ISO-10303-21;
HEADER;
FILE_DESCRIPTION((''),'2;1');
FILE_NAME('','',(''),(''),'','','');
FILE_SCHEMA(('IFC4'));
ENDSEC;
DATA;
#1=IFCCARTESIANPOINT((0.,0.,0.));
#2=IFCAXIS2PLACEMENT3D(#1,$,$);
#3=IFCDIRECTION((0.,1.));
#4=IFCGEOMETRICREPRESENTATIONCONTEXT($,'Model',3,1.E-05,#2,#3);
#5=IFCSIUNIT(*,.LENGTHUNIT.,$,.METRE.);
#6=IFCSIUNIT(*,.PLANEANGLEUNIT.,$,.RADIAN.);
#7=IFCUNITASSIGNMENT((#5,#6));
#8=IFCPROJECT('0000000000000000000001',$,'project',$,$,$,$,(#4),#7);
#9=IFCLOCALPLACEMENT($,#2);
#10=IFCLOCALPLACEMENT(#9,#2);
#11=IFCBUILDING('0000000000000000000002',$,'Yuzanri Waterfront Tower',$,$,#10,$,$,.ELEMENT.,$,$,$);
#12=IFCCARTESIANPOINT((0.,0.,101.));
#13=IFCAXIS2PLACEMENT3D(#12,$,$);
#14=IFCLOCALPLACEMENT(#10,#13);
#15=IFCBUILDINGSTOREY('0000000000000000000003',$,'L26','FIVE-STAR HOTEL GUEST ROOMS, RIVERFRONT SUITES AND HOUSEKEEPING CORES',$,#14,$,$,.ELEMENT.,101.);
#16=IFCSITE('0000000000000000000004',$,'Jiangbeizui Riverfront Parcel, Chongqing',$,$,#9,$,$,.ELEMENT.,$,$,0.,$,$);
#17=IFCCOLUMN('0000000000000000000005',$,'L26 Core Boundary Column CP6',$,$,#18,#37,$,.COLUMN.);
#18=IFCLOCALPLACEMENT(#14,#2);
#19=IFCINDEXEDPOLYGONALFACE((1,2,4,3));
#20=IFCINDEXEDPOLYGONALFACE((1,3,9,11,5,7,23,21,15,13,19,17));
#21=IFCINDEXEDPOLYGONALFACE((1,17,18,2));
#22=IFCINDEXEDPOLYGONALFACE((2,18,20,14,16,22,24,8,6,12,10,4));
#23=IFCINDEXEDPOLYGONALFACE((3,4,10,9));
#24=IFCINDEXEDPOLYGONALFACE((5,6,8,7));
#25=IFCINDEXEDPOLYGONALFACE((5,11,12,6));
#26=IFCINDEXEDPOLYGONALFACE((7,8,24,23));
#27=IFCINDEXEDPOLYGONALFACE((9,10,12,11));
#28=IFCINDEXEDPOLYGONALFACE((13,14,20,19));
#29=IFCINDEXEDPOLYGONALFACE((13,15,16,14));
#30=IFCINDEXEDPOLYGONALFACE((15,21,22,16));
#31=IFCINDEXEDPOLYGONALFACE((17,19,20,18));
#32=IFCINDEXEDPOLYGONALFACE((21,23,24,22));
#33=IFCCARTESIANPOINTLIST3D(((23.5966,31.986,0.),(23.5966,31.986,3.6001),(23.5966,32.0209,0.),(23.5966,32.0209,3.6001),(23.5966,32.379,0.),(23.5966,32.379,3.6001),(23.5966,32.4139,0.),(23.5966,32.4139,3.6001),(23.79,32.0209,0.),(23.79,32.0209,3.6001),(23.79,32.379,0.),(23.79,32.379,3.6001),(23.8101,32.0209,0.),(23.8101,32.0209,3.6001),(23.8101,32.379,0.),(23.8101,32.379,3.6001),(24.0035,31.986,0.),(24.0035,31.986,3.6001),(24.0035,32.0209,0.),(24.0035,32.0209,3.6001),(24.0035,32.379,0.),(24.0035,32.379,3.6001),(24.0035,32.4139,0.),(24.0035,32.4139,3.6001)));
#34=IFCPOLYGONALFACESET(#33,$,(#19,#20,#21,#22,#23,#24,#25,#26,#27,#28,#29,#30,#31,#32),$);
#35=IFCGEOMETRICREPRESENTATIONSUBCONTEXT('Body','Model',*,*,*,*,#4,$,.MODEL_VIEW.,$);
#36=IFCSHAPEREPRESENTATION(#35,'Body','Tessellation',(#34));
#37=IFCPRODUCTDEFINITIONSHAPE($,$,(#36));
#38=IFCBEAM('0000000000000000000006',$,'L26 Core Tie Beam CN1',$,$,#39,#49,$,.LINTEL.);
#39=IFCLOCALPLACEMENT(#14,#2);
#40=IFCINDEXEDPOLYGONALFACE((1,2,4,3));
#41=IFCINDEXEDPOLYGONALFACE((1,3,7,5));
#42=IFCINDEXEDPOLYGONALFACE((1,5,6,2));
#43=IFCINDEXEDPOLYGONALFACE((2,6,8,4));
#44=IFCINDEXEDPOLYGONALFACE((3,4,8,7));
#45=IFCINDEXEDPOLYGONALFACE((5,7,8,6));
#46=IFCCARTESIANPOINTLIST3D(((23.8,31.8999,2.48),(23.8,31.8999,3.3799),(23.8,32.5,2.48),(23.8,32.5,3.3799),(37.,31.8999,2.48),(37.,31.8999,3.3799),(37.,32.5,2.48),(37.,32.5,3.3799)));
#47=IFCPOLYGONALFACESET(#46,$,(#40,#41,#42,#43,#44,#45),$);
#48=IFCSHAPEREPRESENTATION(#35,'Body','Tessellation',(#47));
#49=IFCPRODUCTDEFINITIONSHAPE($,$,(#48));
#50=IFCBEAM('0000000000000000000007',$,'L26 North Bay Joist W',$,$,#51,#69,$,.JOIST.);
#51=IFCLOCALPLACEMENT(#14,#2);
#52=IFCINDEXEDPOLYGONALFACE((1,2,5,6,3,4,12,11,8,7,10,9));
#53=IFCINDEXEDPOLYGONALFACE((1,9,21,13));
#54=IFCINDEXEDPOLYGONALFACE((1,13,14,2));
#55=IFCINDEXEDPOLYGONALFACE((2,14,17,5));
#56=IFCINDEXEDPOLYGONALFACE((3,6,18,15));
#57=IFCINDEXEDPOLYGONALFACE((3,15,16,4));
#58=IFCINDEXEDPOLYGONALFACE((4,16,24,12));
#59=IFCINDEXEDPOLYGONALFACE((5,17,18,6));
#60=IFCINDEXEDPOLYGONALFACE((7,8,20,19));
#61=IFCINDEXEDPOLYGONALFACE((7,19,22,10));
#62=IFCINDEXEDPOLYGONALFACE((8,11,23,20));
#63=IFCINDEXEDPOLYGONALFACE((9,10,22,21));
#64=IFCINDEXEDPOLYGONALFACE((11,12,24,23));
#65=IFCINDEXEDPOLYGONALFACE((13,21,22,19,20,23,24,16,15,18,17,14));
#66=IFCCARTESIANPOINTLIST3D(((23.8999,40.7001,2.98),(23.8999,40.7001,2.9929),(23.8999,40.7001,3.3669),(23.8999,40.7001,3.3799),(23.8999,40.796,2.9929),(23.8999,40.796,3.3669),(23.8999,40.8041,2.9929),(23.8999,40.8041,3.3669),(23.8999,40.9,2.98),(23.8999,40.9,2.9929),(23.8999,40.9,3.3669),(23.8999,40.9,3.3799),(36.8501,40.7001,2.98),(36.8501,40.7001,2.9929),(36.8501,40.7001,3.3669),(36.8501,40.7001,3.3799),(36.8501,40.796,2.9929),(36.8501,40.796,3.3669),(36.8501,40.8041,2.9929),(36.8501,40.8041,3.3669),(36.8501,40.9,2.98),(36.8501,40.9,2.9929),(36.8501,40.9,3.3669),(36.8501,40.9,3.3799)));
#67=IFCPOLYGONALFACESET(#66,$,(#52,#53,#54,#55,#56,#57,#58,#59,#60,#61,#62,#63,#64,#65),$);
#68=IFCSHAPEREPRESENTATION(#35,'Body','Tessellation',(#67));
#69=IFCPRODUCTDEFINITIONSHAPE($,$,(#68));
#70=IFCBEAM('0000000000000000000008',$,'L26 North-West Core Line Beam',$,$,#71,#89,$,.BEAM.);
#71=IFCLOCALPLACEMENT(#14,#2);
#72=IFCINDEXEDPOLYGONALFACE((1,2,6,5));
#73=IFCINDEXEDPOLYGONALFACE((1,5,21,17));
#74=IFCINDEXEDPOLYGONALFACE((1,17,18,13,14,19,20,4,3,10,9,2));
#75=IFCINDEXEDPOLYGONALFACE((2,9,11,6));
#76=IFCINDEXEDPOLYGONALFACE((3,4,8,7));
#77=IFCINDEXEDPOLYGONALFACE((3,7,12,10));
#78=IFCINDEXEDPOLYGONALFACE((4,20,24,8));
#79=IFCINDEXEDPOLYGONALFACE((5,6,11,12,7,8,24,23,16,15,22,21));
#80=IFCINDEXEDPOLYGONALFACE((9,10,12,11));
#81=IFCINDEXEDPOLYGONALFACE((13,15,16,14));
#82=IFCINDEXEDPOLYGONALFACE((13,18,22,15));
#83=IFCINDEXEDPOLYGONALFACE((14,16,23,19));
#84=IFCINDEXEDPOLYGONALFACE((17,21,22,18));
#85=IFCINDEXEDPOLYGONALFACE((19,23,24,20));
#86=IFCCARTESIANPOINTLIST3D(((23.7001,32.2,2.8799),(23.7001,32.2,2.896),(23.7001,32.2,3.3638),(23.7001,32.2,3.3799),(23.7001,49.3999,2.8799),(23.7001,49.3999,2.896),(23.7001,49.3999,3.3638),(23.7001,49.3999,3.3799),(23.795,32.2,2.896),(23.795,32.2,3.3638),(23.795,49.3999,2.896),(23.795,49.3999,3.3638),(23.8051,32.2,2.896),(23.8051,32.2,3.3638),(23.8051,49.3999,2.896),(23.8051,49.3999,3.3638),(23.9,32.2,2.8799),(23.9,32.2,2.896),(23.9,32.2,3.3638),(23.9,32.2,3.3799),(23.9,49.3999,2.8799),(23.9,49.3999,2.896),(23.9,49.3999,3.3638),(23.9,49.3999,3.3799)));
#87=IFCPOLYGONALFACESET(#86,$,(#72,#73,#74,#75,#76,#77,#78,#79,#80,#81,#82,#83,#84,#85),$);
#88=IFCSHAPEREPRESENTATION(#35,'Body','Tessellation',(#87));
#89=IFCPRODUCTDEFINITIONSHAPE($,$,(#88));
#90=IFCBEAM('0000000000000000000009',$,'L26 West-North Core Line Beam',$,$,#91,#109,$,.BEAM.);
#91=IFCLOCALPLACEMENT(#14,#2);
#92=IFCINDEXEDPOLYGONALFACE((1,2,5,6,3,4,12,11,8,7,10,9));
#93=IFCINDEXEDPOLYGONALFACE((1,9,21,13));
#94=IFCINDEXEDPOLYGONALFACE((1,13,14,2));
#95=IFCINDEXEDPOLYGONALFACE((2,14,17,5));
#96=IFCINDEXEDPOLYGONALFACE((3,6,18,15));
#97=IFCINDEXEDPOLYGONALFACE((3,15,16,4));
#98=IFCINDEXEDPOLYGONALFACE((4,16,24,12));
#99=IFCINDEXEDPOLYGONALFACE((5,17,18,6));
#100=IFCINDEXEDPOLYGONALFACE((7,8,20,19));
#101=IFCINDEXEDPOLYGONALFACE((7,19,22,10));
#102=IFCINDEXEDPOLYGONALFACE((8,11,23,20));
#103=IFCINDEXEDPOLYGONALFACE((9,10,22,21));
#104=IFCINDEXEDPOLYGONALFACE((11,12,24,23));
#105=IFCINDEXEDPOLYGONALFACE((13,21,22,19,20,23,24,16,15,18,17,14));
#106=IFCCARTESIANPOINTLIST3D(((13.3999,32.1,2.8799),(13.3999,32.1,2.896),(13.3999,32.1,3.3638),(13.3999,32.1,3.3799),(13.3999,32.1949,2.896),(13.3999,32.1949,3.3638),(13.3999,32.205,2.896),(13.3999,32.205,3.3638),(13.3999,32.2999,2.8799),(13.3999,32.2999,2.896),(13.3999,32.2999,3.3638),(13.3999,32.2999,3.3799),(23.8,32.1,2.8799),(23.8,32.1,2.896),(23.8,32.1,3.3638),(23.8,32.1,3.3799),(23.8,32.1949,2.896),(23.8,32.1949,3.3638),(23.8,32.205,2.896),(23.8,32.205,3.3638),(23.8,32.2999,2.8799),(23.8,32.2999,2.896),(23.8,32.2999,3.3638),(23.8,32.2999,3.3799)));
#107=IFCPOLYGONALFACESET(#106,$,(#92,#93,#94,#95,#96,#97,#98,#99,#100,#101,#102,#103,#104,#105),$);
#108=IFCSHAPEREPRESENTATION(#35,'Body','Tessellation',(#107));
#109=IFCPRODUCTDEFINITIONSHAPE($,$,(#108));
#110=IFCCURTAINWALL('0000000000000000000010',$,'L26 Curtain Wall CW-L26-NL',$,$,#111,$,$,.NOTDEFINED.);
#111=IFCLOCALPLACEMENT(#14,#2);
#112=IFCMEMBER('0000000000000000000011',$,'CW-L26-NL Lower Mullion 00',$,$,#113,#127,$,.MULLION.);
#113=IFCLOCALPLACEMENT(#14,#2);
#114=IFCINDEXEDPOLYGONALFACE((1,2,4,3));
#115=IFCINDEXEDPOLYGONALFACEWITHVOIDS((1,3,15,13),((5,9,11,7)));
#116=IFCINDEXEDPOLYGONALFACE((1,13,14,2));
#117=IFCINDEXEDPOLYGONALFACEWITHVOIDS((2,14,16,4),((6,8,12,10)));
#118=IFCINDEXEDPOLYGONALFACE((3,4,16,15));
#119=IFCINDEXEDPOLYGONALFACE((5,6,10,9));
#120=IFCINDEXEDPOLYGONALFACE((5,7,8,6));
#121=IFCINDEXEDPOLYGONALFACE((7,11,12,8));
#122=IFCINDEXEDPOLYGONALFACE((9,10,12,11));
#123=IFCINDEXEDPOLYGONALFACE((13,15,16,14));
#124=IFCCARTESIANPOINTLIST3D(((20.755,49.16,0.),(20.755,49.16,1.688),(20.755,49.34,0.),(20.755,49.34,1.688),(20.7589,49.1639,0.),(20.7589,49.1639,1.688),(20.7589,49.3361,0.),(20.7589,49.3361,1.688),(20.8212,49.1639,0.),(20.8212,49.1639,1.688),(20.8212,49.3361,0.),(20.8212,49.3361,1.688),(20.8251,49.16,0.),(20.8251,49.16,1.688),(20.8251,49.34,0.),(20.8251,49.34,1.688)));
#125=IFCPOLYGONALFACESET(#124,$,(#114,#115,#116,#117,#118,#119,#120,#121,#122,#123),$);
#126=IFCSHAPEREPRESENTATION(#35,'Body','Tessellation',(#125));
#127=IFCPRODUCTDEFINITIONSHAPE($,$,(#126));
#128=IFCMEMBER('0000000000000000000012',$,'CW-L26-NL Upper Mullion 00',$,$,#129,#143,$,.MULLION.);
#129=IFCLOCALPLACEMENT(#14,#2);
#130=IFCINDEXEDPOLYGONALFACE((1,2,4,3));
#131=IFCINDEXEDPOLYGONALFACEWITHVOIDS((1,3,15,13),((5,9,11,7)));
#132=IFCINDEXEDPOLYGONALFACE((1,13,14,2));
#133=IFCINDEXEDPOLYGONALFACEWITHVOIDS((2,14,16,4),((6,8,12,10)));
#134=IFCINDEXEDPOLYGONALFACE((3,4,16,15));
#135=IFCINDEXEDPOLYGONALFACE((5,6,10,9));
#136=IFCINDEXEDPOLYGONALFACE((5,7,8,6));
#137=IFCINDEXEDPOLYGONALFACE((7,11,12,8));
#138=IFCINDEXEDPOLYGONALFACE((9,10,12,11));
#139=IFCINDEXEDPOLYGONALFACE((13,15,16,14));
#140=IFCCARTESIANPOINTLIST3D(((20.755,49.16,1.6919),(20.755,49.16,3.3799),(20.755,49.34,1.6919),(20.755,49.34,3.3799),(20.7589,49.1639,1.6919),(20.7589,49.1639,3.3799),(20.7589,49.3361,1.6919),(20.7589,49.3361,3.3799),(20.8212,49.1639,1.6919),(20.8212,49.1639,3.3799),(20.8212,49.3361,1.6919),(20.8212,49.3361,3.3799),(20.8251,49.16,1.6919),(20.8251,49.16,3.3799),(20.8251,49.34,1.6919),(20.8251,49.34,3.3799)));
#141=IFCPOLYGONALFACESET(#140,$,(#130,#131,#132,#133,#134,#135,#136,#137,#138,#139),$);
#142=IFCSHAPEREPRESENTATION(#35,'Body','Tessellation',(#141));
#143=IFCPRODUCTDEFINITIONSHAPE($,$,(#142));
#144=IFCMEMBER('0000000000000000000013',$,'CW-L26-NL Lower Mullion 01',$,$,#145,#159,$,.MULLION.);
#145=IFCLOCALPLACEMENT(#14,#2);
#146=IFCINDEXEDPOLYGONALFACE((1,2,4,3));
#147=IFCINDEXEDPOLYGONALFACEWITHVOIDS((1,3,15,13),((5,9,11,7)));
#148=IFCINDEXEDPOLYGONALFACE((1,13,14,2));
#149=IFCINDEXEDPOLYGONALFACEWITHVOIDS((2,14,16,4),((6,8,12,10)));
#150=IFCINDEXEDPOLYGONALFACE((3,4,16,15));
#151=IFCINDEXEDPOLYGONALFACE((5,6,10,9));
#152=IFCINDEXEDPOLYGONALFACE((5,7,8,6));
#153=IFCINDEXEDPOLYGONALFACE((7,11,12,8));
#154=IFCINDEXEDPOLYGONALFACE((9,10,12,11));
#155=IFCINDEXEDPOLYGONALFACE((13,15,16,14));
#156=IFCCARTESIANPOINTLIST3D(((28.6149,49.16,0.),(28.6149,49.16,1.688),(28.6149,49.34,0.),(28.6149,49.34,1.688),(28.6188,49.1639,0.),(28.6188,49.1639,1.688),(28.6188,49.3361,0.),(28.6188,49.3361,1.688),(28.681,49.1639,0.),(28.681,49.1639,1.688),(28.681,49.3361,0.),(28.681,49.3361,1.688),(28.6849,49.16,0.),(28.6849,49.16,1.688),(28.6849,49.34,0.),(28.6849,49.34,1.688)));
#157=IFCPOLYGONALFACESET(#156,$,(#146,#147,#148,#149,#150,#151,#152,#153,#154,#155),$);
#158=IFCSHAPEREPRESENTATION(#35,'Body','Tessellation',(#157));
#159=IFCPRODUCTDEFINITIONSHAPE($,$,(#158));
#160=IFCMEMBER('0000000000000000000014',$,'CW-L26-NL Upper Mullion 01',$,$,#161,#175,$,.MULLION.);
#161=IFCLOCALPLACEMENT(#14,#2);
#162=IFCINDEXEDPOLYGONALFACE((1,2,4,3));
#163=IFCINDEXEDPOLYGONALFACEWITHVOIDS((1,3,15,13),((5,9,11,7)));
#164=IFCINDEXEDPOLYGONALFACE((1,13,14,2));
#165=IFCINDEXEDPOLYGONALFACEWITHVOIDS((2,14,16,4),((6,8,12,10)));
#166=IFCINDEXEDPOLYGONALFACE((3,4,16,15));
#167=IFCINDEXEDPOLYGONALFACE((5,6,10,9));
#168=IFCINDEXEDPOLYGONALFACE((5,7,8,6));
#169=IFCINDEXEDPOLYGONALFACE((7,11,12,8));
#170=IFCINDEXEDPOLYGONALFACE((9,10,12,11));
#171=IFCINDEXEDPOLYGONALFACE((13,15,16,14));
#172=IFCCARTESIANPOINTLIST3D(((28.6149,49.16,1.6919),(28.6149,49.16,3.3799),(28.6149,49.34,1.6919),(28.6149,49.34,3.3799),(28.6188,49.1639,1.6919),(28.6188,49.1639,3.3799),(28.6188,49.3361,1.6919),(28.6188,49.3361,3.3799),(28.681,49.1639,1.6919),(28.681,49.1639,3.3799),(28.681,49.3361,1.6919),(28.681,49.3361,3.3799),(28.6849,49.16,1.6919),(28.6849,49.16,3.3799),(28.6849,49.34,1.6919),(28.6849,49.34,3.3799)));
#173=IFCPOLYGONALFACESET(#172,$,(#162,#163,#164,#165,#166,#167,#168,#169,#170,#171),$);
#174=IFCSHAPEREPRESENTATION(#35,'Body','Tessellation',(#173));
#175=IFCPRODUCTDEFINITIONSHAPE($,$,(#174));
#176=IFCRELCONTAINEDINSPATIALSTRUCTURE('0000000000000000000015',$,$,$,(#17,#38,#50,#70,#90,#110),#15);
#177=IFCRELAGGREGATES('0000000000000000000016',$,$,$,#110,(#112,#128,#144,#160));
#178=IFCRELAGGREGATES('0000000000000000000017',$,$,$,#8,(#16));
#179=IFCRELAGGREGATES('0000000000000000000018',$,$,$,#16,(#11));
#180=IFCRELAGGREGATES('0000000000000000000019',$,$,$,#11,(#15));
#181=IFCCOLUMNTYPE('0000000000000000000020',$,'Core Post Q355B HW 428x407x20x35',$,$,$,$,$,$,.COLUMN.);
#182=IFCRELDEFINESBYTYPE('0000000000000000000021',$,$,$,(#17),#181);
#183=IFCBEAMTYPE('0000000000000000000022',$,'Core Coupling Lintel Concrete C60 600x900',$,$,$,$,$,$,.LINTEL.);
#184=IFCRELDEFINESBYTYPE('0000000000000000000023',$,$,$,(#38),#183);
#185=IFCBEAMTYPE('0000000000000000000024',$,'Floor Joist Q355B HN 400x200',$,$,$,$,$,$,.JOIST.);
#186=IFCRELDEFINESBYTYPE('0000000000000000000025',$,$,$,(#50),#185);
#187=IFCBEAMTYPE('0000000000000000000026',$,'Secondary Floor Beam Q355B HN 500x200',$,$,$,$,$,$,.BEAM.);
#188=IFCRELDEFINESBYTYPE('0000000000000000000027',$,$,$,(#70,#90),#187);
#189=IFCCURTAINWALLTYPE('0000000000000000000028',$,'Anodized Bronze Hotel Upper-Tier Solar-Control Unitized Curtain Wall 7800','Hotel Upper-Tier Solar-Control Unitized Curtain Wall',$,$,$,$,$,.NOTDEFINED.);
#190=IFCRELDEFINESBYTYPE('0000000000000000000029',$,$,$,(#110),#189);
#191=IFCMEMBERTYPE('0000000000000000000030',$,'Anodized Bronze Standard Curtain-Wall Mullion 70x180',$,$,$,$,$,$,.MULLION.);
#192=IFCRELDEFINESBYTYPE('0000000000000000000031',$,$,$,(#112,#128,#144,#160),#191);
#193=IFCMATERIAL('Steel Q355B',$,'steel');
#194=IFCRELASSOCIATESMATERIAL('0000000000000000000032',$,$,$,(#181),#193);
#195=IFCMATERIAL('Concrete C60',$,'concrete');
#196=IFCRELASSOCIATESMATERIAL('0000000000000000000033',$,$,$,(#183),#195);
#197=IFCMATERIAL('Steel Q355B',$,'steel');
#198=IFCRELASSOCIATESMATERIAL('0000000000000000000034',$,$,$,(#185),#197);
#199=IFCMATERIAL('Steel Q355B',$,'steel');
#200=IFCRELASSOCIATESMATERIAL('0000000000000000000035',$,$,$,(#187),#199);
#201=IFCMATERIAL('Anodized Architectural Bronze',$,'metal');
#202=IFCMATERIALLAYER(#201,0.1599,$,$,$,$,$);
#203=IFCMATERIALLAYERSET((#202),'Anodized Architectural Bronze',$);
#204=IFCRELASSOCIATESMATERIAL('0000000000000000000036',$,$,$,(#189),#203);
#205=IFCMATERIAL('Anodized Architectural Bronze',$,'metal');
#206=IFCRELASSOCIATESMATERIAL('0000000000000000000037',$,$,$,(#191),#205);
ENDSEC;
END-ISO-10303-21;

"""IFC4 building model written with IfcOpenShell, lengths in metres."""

from ifc_helpers import new_model, si_unit, direction, frame, origin, origin_2d, place, context, subcontext, project, spatial, rectangle, hollow_rectangle, i_section, extrude, source, transform, mapped, material, layer, layer_set, material_profile, profile_set, type_object, element, aggregate, save


model = new_model("IFC4")

# Units and contexts
model_context = context("Model", 3, precision=1e-05, world=origin(), true_north=direction((0.0, 1.0)))
body_context = subcontext(model_context, "Body", "Model", "MODEL_VIEW")
ifc_project = project(units=[si_unit("LENGTHUNIT", "METRE"), si_unit("PLANEANGLEUNIT", "RADIAN")], contexts=[model_context])

# Site, building, storey
site_placement = place(None, origin())
site = spatial("IfcSite", under=ifc_project, at=site_placement, Name="Jiangbeizui Riverfront Parcel, Chongqing", CompositionType="ELEMENT", RefElevation=0.0)
building_placement = place(site_placement, origin())
building = spatial("IfcBuilding", under=site, at=building_placement, Name="Yuzanri Waterfront Tower", CompositionType="ELEMENT")
storey_placement = place(building_placement, frame((0.0, 0.0, 101.0)))
storey = spatial("IfcBuildingStorey", under=building, at=storey_placement, Name="L26", Description="FIVE-STAR HOTEL GUEST ROOMS, RIVERFRONT SUITES AND HOUSEKEEPING CORES", CompositionType="ELEMENT", Elevation=101.0)

# Column
ifc_material_1 = material(Name="Steel Q355B", Category="steel")
ifc_material_profile_1 = material_profile(ifc_material_1, i_section(OverallWidth=0.407, OverallDepth=0.428, WebThickness=0.02, FlangeThickness=0.0349, at=origin_2d()), Name="HW 428x407x20x35")
ifc_profile_set_1 = profile_set([ifc_material_profile_1], Name="Steel Q355B")
column_type = type_object("IfcColumnType", Name="Core Post Q355B HW 428x407x20x35", PredefinedType="COLUMN", material=ifc_profile_set_1)
shared_shape_1 = source(origin(), body_context, "Body", "SweptSolid", [
    extrude(i_section(OverallWidth=0.407, OverallDepth=0.428, WebThickness=0.02, FlangeThickness=0.0349, at=origin_2d()), origin(), (0.0, 0.0, 1.0), 3.6001),
])
column_placement = place(storey_placement, frame((23.8, 32.2, 0.0), z_axis=(0.0, 0.0, 1.0), x_axis=(1.0, 0.0, 0.0)))
element("IfcColumn", 1, at=column_placement, inside=storey, type_object=column_type, Name="L26 Core Boundary Column CP6", PredefinedType="COLUMN", context=body_context, shape_type="MappedRepresentation", body=[
    mapped(shared_shape_1, transform((0.0, 0.0, 0.0), scale=1.0)),
])

# Beams
ifc_material_2 = material(Name="Concrete C60", Category="concrete")
ifc_material_profile_2 = material_profile(ifc_material_2, rectangle(XDim=0.6001, YDim=0.8999, at=origin_2d()), Name="RC 600x900")
ifc_profile_set_2 = profile_set([ifc_material_profile_2], Name="Concrete C60")
beam_type_1 = type_object("IfcBeamType", Name="Core Coupling Lintel Concrete C60 600x900", PredefinedType="LINTEL", material=ifc_profile_set_2)
shared_shape_2 = source(origin(), body_context, "Body", "SweptSolid", [
    extrude(rectangle(XDim=0.6001, YDim=0.8999, at=origin_2d()), origin(), (0.0, 0.0, 1.0), 13.2),
])
beam_1_placement = place(storey_placement, frame((23.8, 32.2, 2.9299), z_axis=(1.0, 0.0, 0.0), x_axis=(0.0, 1.0, 0.0)))
element("IfcBeam", 2, at=beam_1_placement, inside=storey, type_object=beam_type_1, Name="L26 Core Tie Beam CN1", PredefinedType="LINTEL", context=body_context, shape_type="MappedRepresentation", body=[
    mapped(shared_shape_2, transform((0.0, 0.0, 0.0), scale=1.0)),
])
ifc_material_3 = material(Name="Steel Q355B", Category="steel")
ifc_material_profile_3 = material_profile(ifc_material_3, i_section(OverallWidth=0.2, OverallDepth=0.3999, WebThickness=0.0081, FlangeThickness=0.0129, at=origin_2d()), Name="HN 400x200x8x13")
ifc_profile_set_3 = profile_set([ifc_material_profile_3], Name="Steel Q355B")
beam_type_2 = type_object("IfcBeamType", Name="Floor Joist Q355B HN 400x200", PredefinedType="JOIST", material=ifc_profile_set_3)
shared_shape_3 = source(origin(), body_context, "Body", "SweptSolid", [
    extrude(i_section(OverallWidth=0.2, OverallDepth=0.3999, WebThickness=0.0081, FlangeThickness=0.0129, at=origin_2d()), origin(), (0.0, 0.0, 1.0), 12.9502),
])
beam_2_placement = place(storey_placement, frame((23.8999, 40.8, 3.1799), z_axis=(1.0, 0.0, 0.0), x_axis=(0.0, 1.0, 0.0)))
element("IfcBeam", 3, at=beam_2_placement, inside=storey, type_object=beam_type_2, Name="L26 North Bay Joist W", PredefinedType="JOIST", context=body_context, shape_type="MappedRepresentation", body=[
    mapped(shared_shape_3, transform((0.0, 0.0, 0.0), scale=1.0)),
])
ifc_material_4 = material(Name="Steel Q355B", Category="steel")
ifc_material_profile_4 = material_profile(ifc_material_4, i_section(OverallWidth=0.2, OverallDepth=0.5, WebThickness=0.01, FlangeThickness=0.0161, at=origin_2d()), Name="HN 500x200x10x16")
ifc_profile_set_4 = profile_set([ifc_material_profile_4], Name="Steel Q355B")
beam_type_3 = type_object("IfcBeamType", Name="Secondary Floor Beam Q355B HN 500x200", PredefinedType="BEAM", material=ifc_profile_set_4)
shared_shape_4 = source(origin(), body_context, "Body", "SweptSolid", [
    extrude(i_section(OverallWidth=0.2, OverallDepth=0.5, WebThickness=0.01, FlangeThickness=0.0161, at=origin_2d()), origin(), (0.0, 0.0, 1.0), 17.2),
])
beam_3_placement = place(storey_placement, frame((23.8, 32.2, 3.1299), z_axis=(0.0, 1.0, 0.0), x_axis=(-1.0, 0.0, 0.0)))
element("IfcBeam", 4, at=beam_3_placement, inside=storey, type_object=beam_type_3, Name="L26 North-West Core Line Beam", PredefinedType="BEAM", context=body_context, shape_type="MappedRepresentation", body=[
    mapped(shared_shape_4, transform((0.0, 0.0, 0.0), scale=1.0)),
])
shared_shape_5 = source(origin(), body_context, "Body", "SweptSolid", [
    extrude(i_section(OverallWidth=0.2, OverallDepth=0.5, WebThickness=0.01, FlangeThickness=0.0161, at=origin_2d()), origin(), (0.0, 0.0, 1.0), 10.4001),
])
beam_4_placement = place(storey_placement, frame((23.8, 32.2, 3.1299), z_axis=(-1.0, 0.0, 0.0), x_axis=(0.0, -1.0, 0.0)))
element("IfcBeam", 5, at=beam_4_placement, inside=storey, type_object=beam_type_3, Name="L26 West-North Core Line Beam", PredefinedType="BEAM", context=body_context, shape_type="MappedRepresentation", body=[
    mapped(shared_shape_5, transform((0.0, 0.0, 0.0), scale=1.0)),
])

# Curtain wall, members
ifc_material_5 = material(Name="Anodized Architectural Bronze", Category="metal")
ifc_layer_1 = layer(ifc_material_5, 0.1599)
ifc_layer_set_1 = layer_set([ifc_layer_1], Name="Anodized Architectural Bronze")
curtain_wall_type = type_object("IfcCurtainWallType", Name="Anodized Bronze Hotel Upper-Tier Solar-Control Unitized Curtain Wall 7800", Description="Hotel Upper-Tier Solar-Control Unitized Curtain Wall", PredefinedType="NOTDEFINED", material=ifc_layer_set_1)
curtain_wall_placement = place(storey_placement, origin())
curtain_wall = element("IfcCurtainWall", 6, at=curtain_wall_placement, inside=storey, type_object=curtain_wall_type, Name="L26 Curtain Wall CW-L26-NL", PredefinedType="NOTDEFINED")
ifc_material_6 = material(Name="Anodized Architectural Bronze", Category="metal")
ifc_material_profile_5 = material_profile(ifc_material_6, hollow_rectangle(XDim=0.0701, YDim=0.1799, WallThickness=0.0039, at=origin_2d()), Name="CWM 70x180")
ifc_profile_set_5 = profile_set([ifc_material_profile_5], Name="Anodized Architectural Bronze")
member_type_1 = type_object("IfcMemberType", Name="Anodized Bronze Standard Curtain-Wall Mullion 70x180", PredefinedType="MULLION", material=ifc_profile_set_5)
shared_shape_6 = source(origin(), body_context, "Body", "SweptSolid", [
    extrude(hollow_rectangle(XDim=0.0701, YDim=0.1799, WallThickness=0.0039, at=origin_2d()), origin(), (0.0, 0.0, 1.0), 1.688),
])
member_1_placement = place(storey_placement, frame((20.79, 49.25, 0.0), z_axis=(0.0, 0.0, 1.0), x_axis=(1.0, 0.0, 0.0)))
member_1 = element("IfcMember", 7, at=member_1_placement, type_object=member_type_1, Name="CW-L26-NL Lower Mullion 00", PredefinedType="MULLION", context=body_context, shape_type="MappedRepresentation", body=[
    mapped(shared_shape_6, transform((0.0, 0.0, 0.0), scale=1.0)),
])
member_2_placement = place(storey_placement, frame((20.79, 49.25, 1.6919), z_axis=(0.0, 0.0, 1.0), x_axis=(1.0, 0.0, 0.0)))
member_2 = element("IfcMember", 8, at=member_2_placement, type_object=member_type_1, Name="CW-L26-NL Upper Mullion 00", PredefinedType="MULLION", context=body_context, shape_type="MappedRepresentation", body=[
    mapped(shared_shape_6, transform((0.0, 0.0, 0.0), scale=1.0)),
])
member_3_placement = place(storey_placement, frame((28.6499, 49.25, 0.0), z_axis=(0.0, 0.0, 1.0), x_axis=(1.0, 0.0, 0.0)))
member_3 = element("IfcMember", 9, at=member_3_placement, type_object=member_type_1, Name="CW-L26-NL Lower Mullion 01", PredefinedType="MULLION", context=body_context, shape_type="MappedRepresentation", body=[
    mapped(shared_shape_6, transform((0.0, 0.0, 0.0), scale=1.0)),
])
member_4_placement = place(storey_placement, frame((28.6499, 49.25, 1.6919), z_axis=(0.0, 0.0, 1.0), x_axis=(1.0, 0.0, 0.0)))
member_4 = element("IfcMember", 10, at=member_4_placement, type_object=member_type_1, Name="CW-L26-NL Upper Mullion 01", PredefinedType="MULLION", context=body_context, shape_type="MappedRepresentation", body=[
    mapped(shared_shape_6, transform((0.0, 0.0, 0.0), scale=1.0)),
])
aggregate(curtain_wall, [member_1, member_2, member_3, member_4])

save(model, "model.ifc")
